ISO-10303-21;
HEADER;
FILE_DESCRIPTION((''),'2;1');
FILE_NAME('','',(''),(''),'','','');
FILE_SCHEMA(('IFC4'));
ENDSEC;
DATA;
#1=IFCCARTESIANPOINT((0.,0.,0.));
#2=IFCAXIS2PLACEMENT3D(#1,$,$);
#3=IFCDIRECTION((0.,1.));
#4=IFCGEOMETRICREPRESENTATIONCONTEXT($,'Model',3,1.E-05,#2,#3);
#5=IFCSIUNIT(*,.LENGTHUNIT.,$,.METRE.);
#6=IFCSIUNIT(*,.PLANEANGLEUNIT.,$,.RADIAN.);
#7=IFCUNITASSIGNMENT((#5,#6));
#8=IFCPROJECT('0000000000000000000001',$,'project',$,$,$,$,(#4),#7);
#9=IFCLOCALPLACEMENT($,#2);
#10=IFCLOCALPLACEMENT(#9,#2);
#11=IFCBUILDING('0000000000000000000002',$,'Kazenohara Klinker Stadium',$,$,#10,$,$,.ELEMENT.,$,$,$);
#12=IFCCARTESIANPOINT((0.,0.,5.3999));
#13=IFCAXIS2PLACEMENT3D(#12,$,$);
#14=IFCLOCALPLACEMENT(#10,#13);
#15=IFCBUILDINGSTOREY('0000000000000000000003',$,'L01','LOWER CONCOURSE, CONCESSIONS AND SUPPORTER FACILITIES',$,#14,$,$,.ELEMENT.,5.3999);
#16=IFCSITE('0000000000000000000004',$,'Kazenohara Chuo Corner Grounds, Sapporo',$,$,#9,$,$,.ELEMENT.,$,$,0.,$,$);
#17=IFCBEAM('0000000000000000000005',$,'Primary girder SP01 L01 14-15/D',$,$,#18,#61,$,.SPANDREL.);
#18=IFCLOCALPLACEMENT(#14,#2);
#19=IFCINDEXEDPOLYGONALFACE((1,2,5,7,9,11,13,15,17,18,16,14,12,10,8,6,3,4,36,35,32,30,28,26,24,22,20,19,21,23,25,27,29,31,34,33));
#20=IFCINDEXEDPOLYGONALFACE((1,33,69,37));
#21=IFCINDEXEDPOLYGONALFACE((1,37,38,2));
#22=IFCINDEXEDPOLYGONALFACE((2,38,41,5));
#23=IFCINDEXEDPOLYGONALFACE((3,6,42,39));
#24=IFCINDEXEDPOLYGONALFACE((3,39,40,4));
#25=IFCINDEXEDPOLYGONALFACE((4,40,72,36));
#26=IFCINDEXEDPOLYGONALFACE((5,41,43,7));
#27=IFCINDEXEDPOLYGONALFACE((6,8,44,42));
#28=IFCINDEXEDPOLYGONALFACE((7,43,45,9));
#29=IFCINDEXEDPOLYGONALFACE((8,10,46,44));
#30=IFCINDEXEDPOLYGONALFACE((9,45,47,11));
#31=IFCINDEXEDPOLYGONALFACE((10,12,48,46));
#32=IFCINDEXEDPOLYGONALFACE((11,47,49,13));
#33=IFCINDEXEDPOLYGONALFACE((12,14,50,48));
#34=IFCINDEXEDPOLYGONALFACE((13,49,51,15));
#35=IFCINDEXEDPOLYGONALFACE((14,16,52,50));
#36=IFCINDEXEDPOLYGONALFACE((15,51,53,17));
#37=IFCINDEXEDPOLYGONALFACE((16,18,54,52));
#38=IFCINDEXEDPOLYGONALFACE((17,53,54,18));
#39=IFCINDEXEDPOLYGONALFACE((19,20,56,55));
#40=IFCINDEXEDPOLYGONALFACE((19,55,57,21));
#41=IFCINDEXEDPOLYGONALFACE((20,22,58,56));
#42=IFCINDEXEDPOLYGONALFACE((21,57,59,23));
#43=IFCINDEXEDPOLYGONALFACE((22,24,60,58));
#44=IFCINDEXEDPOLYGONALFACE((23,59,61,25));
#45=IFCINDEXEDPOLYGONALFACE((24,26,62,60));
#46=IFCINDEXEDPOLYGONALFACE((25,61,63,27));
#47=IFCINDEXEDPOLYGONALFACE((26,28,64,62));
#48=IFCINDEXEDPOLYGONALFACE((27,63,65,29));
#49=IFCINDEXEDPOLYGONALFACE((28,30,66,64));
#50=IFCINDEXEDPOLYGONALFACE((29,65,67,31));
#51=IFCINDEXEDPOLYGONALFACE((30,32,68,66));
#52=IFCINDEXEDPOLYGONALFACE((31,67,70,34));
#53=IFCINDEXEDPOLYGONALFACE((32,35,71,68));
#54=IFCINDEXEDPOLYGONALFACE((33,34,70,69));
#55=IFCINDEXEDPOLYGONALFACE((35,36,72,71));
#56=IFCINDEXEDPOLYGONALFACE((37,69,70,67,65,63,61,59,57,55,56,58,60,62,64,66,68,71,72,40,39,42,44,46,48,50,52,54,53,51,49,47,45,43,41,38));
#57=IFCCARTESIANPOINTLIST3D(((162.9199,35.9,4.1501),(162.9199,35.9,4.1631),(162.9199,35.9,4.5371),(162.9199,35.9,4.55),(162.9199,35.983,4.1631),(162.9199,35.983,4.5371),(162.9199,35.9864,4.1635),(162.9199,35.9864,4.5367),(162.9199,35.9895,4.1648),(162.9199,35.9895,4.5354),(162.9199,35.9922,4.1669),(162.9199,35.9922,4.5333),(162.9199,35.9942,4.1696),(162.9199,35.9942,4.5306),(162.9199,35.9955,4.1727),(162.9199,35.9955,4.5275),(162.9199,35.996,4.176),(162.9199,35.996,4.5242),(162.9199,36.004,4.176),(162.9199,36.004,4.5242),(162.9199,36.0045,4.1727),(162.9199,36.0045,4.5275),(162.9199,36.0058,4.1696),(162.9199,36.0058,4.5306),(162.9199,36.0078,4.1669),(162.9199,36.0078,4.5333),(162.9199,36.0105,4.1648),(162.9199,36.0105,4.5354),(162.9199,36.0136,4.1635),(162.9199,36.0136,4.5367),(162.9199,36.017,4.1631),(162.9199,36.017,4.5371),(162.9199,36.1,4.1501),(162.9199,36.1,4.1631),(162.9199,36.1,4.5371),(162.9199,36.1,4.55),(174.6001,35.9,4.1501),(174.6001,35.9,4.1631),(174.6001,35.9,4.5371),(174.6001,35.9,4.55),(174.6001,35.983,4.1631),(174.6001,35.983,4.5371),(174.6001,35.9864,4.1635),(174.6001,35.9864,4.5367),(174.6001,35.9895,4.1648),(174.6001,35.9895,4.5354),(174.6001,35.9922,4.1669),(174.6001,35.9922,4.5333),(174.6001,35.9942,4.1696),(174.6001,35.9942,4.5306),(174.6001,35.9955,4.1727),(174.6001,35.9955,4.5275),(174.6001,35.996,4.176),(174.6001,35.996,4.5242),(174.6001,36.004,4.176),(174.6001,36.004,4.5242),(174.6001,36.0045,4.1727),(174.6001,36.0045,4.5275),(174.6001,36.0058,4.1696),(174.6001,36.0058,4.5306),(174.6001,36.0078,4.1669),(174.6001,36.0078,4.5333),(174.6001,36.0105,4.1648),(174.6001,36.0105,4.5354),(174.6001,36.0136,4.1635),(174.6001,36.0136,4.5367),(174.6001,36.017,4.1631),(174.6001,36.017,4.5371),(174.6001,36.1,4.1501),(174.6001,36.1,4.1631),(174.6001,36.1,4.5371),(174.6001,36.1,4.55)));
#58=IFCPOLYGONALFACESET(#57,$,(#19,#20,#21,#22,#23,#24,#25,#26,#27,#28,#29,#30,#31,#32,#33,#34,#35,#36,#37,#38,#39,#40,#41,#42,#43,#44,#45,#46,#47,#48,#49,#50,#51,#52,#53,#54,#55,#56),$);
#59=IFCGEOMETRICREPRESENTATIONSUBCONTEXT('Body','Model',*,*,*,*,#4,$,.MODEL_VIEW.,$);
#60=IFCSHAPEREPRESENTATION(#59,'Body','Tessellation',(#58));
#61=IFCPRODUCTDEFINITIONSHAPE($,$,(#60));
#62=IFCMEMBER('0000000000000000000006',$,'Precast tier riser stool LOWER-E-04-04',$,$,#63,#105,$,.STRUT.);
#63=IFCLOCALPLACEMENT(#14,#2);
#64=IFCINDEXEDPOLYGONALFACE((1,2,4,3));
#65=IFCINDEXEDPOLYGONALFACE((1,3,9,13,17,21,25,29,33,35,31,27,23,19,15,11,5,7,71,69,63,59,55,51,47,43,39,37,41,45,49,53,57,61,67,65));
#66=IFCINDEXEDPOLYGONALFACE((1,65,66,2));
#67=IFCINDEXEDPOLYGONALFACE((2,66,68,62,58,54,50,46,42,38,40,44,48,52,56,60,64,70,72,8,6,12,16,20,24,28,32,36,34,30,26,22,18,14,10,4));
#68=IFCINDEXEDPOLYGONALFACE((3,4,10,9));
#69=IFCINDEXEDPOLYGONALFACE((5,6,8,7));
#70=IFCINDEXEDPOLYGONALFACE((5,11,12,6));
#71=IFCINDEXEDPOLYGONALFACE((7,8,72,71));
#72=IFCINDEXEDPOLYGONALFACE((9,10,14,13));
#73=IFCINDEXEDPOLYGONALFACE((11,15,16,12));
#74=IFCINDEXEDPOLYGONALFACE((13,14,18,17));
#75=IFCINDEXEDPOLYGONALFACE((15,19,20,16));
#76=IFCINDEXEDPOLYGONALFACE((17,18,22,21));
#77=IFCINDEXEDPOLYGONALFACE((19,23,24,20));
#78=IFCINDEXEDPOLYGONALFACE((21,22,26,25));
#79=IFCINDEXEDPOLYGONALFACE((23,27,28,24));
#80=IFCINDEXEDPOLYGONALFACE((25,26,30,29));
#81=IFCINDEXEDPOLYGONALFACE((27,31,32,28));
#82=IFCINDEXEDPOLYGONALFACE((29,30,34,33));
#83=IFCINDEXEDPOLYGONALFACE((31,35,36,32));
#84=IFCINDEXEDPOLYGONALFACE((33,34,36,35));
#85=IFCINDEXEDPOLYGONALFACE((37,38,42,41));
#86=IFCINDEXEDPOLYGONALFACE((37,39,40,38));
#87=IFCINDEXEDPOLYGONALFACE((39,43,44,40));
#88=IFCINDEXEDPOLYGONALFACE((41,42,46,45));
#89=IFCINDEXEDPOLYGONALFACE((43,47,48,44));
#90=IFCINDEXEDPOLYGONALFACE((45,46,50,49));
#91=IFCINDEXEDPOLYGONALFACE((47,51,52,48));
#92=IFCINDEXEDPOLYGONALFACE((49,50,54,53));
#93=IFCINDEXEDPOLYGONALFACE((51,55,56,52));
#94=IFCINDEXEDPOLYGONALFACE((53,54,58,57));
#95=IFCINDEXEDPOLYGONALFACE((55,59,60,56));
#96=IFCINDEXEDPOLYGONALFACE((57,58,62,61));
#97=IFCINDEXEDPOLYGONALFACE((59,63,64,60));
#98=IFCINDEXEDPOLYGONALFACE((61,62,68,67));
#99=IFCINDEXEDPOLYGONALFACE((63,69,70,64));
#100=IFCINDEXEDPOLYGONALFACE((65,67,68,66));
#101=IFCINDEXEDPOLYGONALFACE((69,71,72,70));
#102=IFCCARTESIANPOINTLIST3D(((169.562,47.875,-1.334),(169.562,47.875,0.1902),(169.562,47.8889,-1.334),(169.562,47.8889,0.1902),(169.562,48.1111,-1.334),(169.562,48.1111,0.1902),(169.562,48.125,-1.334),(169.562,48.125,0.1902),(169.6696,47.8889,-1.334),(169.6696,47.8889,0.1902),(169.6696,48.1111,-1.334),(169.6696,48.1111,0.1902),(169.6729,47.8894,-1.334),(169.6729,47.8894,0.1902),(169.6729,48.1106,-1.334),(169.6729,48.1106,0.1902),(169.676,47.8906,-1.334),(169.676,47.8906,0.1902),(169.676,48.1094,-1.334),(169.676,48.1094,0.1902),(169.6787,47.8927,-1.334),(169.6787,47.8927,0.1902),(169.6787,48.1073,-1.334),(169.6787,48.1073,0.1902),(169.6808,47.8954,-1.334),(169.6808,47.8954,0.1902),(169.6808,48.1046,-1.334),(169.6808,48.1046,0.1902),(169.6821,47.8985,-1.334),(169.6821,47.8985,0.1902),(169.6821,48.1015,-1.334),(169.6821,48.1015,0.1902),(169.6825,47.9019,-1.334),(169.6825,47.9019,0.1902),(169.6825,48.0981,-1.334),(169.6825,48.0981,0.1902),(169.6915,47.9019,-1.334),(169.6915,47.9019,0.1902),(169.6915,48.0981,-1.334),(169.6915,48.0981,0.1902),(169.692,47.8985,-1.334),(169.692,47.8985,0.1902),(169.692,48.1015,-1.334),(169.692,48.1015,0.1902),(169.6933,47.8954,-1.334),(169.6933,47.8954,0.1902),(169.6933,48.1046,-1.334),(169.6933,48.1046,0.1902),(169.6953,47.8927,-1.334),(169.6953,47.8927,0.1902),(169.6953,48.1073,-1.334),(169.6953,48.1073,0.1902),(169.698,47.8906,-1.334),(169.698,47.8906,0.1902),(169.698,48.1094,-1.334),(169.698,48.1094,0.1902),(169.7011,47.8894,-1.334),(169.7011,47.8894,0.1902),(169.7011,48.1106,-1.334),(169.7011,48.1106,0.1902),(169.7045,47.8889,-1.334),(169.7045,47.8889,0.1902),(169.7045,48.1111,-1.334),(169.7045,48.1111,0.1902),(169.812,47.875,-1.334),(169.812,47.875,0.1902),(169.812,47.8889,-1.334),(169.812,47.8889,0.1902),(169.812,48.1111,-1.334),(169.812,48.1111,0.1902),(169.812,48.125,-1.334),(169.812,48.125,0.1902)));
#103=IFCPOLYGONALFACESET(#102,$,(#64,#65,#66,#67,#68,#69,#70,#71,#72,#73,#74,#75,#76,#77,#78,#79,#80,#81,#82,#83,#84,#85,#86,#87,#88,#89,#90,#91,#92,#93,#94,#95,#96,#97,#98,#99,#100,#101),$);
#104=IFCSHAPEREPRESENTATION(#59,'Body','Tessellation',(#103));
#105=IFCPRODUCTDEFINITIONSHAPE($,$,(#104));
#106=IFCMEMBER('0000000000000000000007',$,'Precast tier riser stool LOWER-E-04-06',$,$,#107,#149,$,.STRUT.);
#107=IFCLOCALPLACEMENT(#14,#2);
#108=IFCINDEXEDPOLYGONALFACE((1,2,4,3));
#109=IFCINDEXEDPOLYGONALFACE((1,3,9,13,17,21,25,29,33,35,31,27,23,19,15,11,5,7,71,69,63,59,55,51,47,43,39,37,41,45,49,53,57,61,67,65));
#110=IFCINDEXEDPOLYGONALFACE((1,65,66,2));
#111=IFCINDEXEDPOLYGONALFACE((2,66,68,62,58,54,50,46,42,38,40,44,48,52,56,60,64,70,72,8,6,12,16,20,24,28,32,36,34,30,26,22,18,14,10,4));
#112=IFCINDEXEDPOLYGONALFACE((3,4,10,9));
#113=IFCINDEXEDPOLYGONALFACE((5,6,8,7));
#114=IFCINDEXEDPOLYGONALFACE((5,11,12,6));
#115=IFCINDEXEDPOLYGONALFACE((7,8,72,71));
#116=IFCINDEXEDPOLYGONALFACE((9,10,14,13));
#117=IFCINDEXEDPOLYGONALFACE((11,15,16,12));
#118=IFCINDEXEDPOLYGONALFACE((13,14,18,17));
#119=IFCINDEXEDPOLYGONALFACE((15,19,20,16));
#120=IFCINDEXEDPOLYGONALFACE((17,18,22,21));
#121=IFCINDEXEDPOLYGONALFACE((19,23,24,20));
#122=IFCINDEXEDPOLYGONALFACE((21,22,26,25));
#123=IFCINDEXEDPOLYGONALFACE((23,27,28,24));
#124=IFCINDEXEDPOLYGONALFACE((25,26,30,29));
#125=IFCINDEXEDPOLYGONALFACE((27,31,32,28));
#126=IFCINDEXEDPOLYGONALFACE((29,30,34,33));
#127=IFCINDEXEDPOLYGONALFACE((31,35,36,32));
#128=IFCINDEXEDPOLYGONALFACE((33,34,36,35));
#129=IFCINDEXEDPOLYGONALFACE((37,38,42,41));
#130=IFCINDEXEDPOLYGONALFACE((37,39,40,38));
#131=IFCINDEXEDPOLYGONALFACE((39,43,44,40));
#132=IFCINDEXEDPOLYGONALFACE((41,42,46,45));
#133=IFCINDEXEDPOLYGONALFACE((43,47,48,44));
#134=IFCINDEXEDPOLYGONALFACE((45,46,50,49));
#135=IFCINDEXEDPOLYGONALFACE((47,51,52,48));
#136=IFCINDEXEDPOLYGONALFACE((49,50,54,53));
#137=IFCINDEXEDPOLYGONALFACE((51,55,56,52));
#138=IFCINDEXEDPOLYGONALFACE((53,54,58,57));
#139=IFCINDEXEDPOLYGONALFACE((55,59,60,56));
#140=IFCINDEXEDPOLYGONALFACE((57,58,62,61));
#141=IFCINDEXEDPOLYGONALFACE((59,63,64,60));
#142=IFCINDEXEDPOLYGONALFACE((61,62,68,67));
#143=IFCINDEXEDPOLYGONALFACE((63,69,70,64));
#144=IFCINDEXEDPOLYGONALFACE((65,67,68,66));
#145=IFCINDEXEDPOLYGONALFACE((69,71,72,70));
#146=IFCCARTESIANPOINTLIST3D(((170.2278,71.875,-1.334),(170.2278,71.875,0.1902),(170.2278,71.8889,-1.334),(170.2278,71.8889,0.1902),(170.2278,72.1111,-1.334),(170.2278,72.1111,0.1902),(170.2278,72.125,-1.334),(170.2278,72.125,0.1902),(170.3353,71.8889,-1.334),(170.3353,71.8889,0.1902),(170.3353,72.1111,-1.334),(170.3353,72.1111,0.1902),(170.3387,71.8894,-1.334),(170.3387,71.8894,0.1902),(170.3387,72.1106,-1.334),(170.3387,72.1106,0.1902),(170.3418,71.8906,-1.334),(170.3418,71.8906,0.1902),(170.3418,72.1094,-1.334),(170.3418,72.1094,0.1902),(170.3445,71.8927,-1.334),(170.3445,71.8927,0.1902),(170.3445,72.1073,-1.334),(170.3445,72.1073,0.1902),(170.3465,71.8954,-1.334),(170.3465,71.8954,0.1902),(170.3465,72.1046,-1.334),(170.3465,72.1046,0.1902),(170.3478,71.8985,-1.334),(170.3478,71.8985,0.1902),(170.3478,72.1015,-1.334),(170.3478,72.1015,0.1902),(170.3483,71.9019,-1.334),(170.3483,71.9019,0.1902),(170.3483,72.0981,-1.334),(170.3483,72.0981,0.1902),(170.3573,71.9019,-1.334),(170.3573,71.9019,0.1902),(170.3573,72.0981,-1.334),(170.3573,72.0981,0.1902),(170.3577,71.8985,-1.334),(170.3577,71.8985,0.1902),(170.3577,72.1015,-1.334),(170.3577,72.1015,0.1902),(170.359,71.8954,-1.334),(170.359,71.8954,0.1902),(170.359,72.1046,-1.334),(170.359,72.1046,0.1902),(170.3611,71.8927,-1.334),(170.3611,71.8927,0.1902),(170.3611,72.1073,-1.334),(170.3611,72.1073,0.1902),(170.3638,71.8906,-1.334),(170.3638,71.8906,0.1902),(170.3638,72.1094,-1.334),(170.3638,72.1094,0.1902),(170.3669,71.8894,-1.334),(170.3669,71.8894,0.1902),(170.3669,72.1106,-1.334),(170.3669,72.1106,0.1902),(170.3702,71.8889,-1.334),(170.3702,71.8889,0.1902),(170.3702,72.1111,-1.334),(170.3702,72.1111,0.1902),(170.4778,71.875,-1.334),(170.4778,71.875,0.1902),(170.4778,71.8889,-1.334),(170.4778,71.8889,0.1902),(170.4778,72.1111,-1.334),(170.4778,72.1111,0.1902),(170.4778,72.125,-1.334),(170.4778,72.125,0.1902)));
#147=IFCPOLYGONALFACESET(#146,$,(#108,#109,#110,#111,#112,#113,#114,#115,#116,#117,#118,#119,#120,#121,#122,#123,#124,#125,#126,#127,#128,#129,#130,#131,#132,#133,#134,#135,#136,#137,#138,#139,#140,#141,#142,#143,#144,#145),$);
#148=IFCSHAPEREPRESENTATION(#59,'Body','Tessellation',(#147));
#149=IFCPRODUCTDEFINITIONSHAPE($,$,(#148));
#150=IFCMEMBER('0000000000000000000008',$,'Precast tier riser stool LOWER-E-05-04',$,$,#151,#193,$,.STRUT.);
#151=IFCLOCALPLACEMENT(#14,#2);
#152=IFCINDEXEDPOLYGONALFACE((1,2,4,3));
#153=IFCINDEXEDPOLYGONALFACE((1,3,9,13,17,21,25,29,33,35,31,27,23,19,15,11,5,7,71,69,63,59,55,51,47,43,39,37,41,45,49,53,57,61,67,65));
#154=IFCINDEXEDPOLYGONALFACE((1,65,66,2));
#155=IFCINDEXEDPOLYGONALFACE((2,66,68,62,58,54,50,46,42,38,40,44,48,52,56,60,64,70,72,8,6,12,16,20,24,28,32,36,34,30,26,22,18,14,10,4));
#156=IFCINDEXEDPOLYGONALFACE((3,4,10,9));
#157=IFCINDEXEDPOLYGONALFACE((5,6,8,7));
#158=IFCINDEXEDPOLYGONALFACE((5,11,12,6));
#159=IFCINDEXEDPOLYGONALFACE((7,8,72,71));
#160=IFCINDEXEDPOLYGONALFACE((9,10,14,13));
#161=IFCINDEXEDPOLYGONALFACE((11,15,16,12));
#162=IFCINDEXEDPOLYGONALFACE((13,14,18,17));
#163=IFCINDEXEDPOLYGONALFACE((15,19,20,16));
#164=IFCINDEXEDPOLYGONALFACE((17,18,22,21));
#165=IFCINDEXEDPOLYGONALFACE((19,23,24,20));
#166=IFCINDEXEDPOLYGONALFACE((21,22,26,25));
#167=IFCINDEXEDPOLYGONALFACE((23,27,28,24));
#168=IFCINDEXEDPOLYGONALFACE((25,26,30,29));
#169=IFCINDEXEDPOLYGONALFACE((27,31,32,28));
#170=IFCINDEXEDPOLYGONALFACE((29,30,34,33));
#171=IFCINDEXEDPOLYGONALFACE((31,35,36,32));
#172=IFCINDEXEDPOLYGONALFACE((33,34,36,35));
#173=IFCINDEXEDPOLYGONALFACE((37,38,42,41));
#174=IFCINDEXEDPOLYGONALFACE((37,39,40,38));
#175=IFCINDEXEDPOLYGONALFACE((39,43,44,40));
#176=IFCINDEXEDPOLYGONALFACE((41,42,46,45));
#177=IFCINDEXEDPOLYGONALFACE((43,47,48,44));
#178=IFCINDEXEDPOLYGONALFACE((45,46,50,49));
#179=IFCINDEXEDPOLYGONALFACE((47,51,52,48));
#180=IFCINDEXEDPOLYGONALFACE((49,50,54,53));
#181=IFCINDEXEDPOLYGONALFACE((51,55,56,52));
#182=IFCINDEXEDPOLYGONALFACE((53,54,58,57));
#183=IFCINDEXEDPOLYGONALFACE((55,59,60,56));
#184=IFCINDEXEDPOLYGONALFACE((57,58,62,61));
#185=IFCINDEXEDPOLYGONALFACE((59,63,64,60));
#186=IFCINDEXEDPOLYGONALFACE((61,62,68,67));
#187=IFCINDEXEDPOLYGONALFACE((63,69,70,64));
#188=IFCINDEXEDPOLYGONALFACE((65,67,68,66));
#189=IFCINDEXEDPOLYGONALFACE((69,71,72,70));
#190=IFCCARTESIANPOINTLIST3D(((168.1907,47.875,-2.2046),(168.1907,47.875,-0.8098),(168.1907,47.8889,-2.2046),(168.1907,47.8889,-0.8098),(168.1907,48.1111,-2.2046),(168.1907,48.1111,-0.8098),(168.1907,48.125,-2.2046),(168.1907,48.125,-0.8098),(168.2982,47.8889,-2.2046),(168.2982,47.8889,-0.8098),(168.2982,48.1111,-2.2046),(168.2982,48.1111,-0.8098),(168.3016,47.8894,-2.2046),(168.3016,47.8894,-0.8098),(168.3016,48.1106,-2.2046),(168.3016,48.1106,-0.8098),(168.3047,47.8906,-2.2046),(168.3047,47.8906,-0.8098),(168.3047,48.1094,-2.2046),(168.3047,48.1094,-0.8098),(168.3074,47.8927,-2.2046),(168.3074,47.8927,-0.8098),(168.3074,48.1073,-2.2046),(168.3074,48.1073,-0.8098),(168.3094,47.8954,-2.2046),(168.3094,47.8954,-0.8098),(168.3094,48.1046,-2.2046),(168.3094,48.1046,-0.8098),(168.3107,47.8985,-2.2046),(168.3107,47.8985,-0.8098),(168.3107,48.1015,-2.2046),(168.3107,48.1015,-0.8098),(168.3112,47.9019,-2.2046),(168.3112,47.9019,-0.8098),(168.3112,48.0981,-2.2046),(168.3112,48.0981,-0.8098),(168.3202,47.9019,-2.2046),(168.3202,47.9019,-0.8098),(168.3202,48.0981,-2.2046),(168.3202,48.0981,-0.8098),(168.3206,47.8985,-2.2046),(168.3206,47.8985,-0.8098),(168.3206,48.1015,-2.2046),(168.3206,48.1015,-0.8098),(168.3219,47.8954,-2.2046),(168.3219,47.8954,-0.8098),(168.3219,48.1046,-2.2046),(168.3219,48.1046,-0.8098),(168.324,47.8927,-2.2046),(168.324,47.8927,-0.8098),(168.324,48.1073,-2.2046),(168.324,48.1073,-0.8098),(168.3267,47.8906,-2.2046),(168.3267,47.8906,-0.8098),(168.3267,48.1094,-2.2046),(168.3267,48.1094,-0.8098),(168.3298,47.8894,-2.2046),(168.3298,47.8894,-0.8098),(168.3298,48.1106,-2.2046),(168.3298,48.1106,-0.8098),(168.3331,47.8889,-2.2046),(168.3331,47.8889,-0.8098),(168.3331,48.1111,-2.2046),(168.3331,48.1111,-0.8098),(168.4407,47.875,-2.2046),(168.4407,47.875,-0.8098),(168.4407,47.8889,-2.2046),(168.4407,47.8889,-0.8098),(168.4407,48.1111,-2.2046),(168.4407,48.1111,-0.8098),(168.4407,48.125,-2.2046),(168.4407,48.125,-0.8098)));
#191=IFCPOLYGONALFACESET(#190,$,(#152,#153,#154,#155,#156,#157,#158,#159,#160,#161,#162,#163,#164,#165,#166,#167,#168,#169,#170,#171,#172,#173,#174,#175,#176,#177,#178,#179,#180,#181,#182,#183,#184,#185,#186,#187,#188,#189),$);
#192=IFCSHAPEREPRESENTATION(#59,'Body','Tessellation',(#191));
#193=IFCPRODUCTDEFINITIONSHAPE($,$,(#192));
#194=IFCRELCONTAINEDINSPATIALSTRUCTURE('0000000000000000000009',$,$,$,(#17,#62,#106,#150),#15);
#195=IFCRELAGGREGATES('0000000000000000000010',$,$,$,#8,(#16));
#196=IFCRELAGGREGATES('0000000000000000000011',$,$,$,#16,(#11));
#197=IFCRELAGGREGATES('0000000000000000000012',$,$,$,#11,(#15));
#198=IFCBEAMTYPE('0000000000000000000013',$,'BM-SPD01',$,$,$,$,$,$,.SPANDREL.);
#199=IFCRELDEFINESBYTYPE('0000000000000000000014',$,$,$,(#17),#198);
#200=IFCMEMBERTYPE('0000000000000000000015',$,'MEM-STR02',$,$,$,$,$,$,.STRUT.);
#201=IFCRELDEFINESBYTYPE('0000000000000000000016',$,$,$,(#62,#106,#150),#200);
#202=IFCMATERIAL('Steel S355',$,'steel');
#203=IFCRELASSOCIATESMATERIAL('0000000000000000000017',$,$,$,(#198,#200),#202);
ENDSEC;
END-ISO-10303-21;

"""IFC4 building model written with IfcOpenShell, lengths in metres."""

from ifc_helpers import new_model, si_unit, direction, frame, origin, origin_2d, place, context, subcontext, project, spatial, i_section, extrude, material, material_profile, profile_set, type_object, element, save


model = new_model("IFC4")

# Units and contexts
model_context = context("Model", 3, precision=1e-05, world=origin(), true_north=direction((0.0, 1.0)))
body_context = subcontext(model_context, "Body", "Model", "MODEL_VIEW")
ifc_project = project(units=[si_unit("LENGTHUNIT", "METRE"), si_unit("PLANEANGLEUNIT", "RADIAN")], contexts=[model_context])

# Site, building, storey
site_placement = place(None, origin())
site = spatial("IfcSite", under=ifc_project, at=site_placement, Name="Kazenohara Chuo Corner Grounds, Sapporo", CompositionType="ELEMENT", RefElevation=0.0)
building_placement = place(site_placement, origin())
building = spatial("IfcBuilding", under=site, at=building_placement, Name="Kazenohara Klinker Stadium", CompositionType="ELEMENT")
storey_placement = place(building_placement, frame((0.0, 0.0, 5.3999)))
storey = spatial("IfcBuildingStorey", under=building, at=storey_placement, Name="L01", Description="LOWER CONCOURSE, CONCESSIONS AND SUPPORTER FACILITIES", CompositionType="ELEMENT", Elevation=5.3999)

# Beam
ifc_material_1 = material(Name="Steel S355", Category="steel")
ifc_material_profile_1 = material_profile(ifc_material_1, i_section(OverallWidth=0.2, OverallDepth=0.3999, WebThickness=0.0081, FlangeThickness=0.0129, FilletRadius=0.0129, at=origin_2d()), Name="H-400x200x8x13")
ifc_profile_set_1 = profile_set([ifc_material_profile_1], Name="Steel S355")
beam_type = type_object("IfcBeamType", Name="BM-SPD01", PredefinedType="SPANDREL", material=ifc_profile_set_1)
beam_placement = place(storey_placement, frame((162.9199, 36.0, 4.3501), z_axis=(1.0, 0.0, 0.0), x_axis=(0.0, 1.0, 0.0)))
element("IfcBeam", 1, at=beam_placement, inside=storey, type_object=beam_type, Name="Primary girder SP01 L01 14-15/D", PredefinedType="SPANDREL", context=body_context, shape_type="SweptSolid", body=[
    extrude(i_section(OverallWidth=0.2, OverallDepth=0.3999, WebThickness=0.0081, FlangeThickness=0.0129, FilletRadius=0.0129, at=origin_2d()), origin(), (0.0, 0.0, 1.0), 11.6802),
])

# Members
ifc_material_profile_2 = material_profile(ifc_material_1, i_section(OverallWidth=0.25, OverallDepth=0.25, WebThickness=0.009, FlangeThickness=0.0139, FilletRadius=0.0129, at=origin_2d()), Name="H-250x250x9x14")
ifc_profile_set_2 = profile_set([ifc_material_profile_2], Name="Steel S355")
member_type = type_object("IfcMemberType", Name="MEM-STR02", PredefinedType="STRUT", material=ifc_profile_set_2)
for number, where, z_axis, x_axis, name in (
    (2, (169.687, 48.0, -1.334), (0.0, 0.0, 1.0), (1.0, 0.0, 0.0), "Precast tier riser stool LOWER-E-04-04"),
    (3, (170.3528, 72.0, -1.334), (0.0, 0.0, 1.0), (1.0, 0.0, 0.0), "Precast tier riser stool LOWER-E-04-06"),
):
    element("IfcMember", number, at=place(storey_placement, frame(where, z_axis=z_axis, x_axis=x_axis)), inside=storey, type_object=member_type, Name=name, PredefinedType="STRUT", context=body_context, shape_type="SweptSolid", body=[
        extrude(i_section(OverallWidth=0.25, OverallDepth=0.25, WebThickness=0.009, FlangeThickness=0.0139, FilletRadius=0.0129, at=origin_2d()), origin(), (0.0, 0.0, 1.0), 1.5242),
    ])
for number, where, z_axis, x_axis, name in (
    (4, (168.3157, 48.0, -2.2046), (0.0, 0.0, 1.0), (1.0, 0.0, 0.0), "Precast tier riser stool LOWER-E-05-04"),
):
    element("IfcMember", number, at=place(storey_placement, frame(where, z_axis=z_axis, x_axis=x_axis)), inside=storey, type_object=member_type, Name=name, PredefinedType="STRUT", context=body_context, shape_type="SweptSolid", body=[
        extrude(i_section(OverallWidth=0.25, OverallDepth=0.25, WebThickness=0.009, FlangeThickness=0.0139, FilletRadius=0.0129, at=origin_2d()), origin(), (0.0, 0.0, 1.0), 1.3948),
    ])

save(model, "model.ifc")
